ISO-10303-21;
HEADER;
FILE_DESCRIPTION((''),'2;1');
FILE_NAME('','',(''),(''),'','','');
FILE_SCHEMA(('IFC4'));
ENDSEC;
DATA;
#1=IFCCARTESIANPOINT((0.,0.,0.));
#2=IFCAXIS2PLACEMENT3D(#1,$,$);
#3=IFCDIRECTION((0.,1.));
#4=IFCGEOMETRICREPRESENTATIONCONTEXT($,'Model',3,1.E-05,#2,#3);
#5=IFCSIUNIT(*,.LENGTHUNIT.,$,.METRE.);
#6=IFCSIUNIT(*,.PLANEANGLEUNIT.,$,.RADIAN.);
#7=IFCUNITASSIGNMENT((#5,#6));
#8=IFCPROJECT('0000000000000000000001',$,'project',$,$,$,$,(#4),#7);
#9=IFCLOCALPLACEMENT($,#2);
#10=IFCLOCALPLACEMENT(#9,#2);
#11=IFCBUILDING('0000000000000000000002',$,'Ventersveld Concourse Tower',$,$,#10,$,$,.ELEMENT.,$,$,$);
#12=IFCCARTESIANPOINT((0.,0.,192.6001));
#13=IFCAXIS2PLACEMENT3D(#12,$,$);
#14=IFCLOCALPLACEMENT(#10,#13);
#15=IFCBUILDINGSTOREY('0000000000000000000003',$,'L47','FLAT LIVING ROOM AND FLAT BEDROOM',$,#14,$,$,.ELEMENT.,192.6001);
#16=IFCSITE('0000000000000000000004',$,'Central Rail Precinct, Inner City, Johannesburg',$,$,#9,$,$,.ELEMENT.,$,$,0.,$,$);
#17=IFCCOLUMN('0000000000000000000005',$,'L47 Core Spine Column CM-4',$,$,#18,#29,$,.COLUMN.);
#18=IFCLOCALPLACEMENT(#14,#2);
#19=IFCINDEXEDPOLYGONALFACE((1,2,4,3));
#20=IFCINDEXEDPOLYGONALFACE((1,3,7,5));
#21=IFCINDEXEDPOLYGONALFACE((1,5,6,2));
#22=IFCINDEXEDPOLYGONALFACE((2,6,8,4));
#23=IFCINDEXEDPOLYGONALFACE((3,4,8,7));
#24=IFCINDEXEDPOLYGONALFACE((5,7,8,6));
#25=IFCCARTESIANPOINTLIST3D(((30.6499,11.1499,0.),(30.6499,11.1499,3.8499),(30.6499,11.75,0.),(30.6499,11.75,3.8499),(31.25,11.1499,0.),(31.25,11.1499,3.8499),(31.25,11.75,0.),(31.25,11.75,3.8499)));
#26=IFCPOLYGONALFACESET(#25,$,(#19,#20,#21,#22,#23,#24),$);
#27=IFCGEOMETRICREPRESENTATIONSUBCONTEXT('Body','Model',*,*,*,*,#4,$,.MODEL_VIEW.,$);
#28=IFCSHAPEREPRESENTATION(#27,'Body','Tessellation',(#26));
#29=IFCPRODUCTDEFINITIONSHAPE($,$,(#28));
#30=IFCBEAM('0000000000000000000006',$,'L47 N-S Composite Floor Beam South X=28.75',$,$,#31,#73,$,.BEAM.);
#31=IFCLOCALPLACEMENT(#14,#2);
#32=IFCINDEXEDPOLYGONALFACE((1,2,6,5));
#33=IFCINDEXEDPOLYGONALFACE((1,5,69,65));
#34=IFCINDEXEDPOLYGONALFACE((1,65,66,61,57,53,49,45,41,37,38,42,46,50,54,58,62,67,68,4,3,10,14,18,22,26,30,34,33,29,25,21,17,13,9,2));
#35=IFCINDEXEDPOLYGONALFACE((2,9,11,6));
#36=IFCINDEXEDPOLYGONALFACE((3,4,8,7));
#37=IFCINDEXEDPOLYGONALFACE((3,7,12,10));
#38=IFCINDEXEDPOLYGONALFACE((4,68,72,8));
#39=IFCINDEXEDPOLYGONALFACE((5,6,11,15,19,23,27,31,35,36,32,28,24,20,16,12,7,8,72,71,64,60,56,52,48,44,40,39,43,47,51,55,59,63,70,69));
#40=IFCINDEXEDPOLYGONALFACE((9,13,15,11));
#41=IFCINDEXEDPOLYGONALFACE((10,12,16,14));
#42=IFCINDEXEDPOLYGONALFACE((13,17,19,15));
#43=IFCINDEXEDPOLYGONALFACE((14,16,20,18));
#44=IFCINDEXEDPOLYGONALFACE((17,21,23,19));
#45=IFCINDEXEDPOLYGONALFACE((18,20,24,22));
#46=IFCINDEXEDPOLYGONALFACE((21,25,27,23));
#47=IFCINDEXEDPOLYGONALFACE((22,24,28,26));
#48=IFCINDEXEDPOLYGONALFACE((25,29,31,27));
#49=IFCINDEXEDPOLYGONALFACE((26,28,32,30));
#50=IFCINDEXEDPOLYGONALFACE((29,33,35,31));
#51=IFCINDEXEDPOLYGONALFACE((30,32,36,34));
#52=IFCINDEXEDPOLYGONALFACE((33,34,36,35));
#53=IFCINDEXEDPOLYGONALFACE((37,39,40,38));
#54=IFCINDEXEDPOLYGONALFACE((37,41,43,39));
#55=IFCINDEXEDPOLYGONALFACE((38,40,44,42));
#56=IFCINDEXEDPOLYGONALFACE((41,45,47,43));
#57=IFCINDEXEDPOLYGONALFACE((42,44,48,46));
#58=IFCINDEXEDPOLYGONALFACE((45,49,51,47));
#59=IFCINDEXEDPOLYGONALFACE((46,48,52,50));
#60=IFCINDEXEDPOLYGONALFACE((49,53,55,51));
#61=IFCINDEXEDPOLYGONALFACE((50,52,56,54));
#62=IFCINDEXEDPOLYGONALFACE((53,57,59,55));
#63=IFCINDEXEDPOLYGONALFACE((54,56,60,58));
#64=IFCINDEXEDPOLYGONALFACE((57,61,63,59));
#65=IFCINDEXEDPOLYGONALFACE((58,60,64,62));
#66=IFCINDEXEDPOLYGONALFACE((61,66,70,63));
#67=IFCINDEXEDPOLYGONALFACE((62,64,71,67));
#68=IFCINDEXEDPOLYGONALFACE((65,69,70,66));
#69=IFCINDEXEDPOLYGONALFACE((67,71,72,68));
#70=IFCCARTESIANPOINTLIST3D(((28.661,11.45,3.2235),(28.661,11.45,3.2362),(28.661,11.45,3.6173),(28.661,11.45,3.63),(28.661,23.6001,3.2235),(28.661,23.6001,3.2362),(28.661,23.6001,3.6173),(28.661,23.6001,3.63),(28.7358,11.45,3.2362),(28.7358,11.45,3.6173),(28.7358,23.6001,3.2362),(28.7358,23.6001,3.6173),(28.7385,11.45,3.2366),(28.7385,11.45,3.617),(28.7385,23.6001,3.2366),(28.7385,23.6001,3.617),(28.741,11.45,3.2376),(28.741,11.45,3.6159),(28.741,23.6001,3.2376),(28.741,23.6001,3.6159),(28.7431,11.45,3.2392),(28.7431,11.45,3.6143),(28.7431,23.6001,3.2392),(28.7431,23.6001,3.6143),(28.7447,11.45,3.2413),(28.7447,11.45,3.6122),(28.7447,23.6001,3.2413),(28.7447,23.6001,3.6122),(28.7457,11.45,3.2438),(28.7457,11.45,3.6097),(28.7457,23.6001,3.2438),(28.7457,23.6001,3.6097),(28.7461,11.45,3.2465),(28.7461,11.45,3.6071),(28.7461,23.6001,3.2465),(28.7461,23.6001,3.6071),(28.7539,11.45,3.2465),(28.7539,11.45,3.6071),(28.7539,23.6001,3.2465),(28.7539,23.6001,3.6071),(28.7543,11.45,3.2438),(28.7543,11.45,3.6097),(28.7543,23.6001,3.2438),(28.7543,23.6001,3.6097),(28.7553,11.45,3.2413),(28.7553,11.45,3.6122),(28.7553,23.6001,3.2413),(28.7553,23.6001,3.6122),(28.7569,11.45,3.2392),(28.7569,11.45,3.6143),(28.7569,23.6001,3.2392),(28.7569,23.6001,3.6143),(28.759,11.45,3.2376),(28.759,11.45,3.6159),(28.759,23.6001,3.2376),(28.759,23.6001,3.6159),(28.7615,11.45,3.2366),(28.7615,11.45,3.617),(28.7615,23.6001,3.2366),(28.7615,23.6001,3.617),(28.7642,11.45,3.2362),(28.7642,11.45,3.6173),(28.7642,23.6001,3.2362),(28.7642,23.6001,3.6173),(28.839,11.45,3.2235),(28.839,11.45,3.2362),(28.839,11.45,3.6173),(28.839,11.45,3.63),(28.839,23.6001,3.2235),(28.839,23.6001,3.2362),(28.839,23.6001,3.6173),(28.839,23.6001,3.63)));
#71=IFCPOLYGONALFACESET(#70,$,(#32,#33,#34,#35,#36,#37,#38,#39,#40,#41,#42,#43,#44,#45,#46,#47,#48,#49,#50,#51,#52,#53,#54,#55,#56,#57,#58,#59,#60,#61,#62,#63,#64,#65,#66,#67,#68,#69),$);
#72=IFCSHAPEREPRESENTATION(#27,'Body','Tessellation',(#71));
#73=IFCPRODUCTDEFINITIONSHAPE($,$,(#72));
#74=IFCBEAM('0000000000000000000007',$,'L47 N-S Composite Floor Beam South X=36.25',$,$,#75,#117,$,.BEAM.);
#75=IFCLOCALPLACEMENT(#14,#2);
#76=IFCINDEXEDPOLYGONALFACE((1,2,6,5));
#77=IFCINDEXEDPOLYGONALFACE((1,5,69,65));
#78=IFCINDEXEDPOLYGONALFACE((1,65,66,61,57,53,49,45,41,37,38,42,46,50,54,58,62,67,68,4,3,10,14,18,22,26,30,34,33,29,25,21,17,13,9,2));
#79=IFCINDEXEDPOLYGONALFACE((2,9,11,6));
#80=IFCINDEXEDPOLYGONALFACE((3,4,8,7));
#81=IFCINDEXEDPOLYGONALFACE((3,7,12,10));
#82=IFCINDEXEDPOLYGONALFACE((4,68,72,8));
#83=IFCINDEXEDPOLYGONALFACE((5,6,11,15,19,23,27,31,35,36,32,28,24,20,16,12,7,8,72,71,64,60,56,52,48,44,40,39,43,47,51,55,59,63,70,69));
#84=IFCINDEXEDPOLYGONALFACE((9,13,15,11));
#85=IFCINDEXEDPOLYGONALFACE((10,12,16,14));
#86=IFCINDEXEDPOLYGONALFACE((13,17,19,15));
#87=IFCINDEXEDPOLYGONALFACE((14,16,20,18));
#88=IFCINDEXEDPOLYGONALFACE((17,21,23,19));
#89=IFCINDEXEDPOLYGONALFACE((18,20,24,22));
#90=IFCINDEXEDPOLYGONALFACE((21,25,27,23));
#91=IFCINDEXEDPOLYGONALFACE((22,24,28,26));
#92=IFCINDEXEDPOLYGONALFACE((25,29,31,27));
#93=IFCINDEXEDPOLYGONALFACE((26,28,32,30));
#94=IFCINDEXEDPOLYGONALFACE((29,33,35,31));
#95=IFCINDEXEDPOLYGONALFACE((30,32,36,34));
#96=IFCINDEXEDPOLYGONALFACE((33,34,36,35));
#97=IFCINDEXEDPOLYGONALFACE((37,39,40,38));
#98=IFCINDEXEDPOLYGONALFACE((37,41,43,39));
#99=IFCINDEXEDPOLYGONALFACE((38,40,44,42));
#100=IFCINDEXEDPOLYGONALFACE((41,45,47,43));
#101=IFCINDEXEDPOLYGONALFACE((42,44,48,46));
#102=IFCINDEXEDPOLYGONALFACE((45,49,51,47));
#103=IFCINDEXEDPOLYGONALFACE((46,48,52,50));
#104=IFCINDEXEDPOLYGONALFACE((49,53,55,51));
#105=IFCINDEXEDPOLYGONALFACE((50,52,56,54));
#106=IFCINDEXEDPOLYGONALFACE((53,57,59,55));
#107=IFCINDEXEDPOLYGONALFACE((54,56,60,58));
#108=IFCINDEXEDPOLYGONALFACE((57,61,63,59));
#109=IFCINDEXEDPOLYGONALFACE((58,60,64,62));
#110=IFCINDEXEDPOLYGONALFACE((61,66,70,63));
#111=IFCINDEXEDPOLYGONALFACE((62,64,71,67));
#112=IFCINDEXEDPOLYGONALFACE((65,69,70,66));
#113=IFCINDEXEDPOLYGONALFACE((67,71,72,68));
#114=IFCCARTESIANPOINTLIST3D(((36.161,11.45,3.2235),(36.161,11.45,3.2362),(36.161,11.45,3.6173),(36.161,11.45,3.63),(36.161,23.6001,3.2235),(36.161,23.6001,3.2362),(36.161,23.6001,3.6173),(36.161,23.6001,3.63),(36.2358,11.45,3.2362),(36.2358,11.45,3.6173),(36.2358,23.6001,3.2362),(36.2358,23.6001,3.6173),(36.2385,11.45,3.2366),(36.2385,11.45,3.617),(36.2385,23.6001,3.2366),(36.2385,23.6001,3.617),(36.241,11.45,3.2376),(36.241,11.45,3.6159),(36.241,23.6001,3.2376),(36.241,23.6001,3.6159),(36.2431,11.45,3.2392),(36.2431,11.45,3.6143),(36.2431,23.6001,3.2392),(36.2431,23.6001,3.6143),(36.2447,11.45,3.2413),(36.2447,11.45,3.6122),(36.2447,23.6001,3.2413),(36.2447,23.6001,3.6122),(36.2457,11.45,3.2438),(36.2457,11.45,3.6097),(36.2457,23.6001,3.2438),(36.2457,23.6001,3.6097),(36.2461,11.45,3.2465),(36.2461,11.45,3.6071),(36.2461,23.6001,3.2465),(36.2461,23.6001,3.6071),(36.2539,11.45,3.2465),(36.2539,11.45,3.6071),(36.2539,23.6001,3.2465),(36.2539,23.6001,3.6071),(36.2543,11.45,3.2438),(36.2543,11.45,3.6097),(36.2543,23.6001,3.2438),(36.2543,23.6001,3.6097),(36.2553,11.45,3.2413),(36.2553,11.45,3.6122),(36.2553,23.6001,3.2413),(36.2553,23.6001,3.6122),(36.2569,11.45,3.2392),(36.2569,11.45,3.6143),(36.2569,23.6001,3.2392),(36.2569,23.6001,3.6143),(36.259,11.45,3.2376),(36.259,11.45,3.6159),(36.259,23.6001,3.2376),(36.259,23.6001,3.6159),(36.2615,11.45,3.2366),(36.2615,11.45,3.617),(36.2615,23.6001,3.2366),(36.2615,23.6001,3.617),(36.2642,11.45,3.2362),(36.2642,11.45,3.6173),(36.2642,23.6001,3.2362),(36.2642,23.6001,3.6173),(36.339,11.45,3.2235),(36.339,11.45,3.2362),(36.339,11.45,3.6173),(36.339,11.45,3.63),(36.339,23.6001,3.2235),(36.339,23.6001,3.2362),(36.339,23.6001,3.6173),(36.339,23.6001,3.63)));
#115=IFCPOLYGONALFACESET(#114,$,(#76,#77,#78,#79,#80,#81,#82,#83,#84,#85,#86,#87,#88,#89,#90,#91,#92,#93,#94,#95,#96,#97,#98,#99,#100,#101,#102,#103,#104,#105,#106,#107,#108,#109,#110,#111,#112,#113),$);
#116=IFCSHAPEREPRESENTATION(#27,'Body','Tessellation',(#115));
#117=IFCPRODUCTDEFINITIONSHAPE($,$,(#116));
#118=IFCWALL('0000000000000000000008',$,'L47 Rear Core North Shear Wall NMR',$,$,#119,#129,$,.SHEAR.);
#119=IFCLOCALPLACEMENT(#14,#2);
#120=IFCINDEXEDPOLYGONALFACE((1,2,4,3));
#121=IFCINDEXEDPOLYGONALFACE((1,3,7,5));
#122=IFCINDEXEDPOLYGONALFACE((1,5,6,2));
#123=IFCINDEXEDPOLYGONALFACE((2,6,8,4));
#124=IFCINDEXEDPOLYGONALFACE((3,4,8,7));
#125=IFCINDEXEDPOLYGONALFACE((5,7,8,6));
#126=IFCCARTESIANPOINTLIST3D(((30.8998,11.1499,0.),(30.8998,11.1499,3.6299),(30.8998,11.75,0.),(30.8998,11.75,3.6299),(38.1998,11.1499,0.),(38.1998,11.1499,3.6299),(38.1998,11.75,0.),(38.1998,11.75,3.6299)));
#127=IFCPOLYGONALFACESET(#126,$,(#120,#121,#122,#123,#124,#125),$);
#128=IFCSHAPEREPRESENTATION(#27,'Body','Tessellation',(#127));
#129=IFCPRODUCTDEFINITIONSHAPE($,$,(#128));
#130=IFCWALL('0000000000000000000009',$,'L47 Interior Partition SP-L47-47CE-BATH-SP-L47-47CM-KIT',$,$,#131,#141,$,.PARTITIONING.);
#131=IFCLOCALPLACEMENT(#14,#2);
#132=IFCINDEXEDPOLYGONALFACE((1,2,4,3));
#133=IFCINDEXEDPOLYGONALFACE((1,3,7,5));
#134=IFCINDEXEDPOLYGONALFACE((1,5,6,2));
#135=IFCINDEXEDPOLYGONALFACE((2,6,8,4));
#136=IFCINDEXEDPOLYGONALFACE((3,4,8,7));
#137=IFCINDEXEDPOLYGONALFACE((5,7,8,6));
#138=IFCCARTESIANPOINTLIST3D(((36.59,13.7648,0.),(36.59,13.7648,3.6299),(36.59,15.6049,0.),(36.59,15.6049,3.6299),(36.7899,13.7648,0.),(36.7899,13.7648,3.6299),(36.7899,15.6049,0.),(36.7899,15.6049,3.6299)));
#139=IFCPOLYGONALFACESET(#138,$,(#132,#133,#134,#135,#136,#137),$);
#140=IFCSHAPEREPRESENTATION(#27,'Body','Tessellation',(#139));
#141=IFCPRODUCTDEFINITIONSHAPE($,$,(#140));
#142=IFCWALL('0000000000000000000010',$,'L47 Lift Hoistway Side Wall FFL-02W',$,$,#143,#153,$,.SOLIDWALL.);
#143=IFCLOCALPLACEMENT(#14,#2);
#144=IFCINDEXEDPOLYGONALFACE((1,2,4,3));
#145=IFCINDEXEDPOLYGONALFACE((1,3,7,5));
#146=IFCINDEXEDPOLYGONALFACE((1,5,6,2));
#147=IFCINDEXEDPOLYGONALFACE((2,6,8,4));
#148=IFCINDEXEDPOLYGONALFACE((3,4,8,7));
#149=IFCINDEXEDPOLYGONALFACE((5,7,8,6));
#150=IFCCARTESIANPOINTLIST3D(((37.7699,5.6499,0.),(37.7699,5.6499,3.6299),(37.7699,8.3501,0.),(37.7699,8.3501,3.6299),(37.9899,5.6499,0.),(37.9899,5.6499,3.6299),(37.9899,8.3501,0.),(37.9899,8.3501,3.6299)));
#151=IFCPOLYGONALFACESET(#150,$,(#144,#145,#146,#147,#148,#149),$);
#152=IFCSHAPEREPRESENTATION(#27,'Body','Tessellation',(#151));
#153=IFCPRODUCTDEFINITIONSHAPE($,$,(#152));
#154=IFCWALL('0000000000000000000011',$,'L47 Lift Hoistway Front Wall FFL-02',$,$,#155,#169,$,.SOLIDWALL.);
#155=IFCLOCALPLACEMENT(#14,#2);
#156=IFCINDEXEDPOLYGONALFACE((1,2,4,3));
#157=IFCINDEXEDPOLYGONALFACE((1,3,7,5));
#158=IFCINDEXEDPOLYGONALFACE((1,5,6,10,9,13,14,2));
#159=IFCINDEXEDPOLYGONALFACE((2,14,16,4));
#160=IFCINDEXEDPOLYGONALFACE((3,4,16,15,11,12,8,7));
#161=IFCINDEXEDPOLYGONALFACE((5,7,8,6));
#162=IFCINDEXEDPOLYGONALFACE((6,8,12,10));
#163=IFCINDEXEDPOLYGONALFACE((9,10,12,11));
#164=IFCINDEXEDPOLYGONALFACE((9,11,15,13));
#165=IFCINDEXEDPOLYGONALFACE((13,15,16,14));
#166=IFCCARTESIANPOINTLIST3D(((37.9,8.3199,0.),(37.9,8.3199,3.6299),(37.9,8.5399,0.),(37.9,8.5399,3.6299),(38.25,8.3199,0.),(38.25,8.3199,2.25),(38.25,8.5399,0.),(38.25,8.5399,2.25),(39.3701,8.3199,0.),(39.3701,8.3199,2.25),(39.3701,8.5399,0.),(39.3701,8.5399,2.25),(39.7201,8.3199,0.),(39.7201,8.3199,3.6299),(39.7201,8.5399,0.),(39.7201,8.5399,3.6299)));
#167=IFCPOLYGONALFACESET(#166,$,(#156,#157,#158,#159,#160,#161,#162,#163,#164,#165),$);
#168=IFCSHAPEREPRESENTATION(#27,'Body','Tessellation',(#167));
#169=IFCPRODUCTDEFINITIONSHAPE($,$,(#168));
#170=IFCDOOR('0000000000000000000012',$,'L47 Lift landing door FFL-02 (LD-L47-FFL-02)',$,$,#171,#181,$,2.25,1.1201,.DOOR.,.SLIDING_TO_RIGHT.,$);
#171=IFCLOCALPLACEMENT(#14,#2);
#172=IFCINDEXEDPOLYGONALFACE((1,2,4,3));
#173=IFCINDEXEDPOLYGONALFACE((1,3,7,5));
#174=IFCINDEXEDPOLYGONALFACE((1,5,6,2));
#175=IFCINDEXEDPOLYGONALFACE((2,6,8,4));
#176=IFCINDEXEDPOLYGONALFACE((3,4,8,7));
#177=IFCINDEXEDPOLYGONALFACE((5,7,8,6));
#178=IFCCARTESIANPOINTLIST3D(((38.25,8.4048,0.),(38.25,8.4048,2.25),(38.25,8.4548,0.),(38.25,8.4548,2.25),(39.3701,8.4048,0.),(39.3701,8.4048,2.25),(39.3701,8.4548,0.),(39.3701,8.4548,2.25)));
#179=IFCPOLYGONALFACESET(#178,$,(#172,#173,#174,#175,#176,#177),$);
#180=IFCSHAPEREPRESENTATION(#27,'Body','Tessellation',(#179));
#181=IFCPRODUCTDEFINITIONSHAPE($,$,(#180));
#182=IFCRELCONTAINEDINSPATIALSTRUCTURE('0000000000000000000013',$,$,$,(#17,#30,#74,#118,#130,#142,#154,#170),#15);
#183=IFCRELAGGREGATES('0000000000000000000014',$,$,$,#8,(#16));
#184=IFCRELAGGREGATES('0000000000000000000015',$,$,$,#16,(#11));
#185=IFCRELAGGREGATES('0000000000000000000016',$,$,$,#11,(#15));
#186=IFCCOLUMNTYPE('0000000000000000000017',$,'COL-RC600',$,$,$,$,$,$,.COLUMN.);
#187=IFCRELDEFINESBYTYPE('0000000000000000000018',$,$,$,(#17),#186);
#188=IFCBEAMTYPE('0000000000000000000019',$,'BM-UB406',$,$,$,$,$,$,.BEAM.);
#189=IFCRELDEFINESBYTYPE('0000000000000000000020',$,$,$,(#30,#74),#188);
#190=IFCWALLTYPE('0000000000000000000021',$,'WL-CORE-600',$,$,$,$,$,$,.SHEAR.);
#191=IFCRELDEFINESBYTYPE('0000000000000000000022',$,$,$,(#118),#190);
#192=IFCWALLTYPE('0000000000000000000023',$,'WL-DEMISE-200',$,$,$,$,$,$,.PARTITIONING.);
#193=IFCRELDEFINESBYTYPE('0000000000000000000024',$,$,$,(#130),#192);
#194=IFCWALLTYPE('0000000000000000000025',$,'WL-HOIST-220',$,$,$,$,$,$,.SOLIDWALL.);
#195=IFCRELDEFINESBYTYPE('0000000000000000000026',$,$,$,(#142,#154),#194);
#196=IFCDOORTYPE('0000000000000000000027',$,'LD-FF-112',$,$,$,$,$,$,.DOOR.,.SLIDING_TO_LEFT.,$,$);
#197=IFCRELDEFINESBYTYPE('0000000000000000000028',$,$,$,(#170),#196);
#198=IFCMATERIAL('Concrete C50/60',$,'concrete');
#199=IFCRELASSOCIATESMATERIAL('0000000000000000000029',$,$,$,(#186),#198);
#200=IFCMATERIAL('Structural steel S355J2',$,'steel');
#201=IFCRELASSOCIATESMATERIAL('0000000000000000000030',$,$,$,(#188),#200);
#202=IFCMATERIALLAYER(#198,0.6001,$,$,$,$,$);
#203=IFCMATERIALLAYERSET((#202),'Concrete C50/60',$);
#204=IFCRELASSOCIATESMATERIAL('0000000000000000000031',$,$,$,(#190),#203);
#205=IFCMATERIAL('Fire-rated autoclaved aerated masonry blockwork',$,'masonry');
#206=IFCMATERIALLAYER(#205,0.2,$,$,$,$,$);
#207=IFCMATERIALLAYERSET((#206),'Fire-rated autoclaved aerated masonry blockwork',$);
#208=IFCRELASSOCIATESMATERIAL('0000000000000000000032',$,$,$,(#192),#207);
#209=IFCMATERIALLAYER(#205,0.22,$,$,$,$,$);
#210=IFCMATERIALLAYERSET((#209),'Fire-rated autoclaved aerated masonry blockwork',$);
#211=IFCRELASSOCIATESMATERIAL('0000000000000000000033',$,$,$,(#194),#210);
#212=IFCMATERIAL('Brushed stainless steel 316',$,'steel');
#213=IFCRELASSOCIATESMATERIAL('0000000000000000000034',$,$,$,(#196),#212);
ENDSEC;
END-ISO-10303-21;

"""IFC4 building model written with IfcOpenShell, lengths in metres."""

from ifc_helpers import new_model, si_unit, direction, frame, frame_2d, origin, origin_2d, place, context, subcontext, project, spatial, rectangle, i_section, extrude, material, layer, layer_set, material_profile, profile_set, type_object, element, fill, save


model = new_model("IFC4")

# Units and contexts
model_context = context("Model", 3, precision=1e-05, world=origin(), true_north=direction((0.0, 1.0)))
body_context = subcontext(model_context, "Body", "Model", "MODEL_VIEW")
ifc_project = project(units=[si_unit("LENGTHUNIT", "METRE"), si_unit("PLANEANGLEUNIT", "RADIAN")], contexts=[model_context])

# Site, building, storey
site_placement = place(None, origin())
site = spatial("IfcSite", under=ifc_project, at=site_placement, Name="Central Rail Precinct, Inner City, Johannesburg", CompositionType="ELEMENT", RefElevation=0.0)
building_placement = place(site_placement, origin())
building = spatial("IfcBuilding", under=site, at=building_placement, Name="Ventersveld Concourse Tower", CompositionType="ELEMENT")
storey_placement = place(building_placement, frame((0.0, 0.0, 192.6001)))
storey = spatial("IfcBuildingStorey", under=building, at=storey_placement, Name="L47", Description="FLAT LIVING ROOM AND FLAT BEDROOM", CompositionType="ELEMENT", Elevation=192.6001)

# Column
ifc_material_1 = material(Name="Concrete C50/60", Category="concrete")
ifc_material_profile_1 = material_profile(ifc_material_1, rectangle(XDim=0.6001, YDim=0.6001, at=origin_2d()), Name="RC 600x600")
ifc_profile_set_1 = profile_set([ifc_material_profile_1], Name="Concrete C50/60")
column_type = type_object("IfcColumnType", Name="COL-RC600", PredefinedType="COLUMN", material=ifc_profile_set_1)
column_placement = place(storey_placement, frame((30.95, 11.45, 0.0), z_axis=(0.0, 0.0, 1.0), x_axis=(1.0, 0.0, 0.0)))
element("IfcColumn", 1, at=column_placement, inside=storey, type_object=column_type, Name="L47 Core Spine Column CM-4", PredefinedType="COLUMN", context=body_context, shape_type="SweptSolid", body=[
    extrude(rectangle(XDim=0.6001, YDim=0.6001, at=origin_2d()), origin(), (0.0, 0.0, 1.0), 3.8499),
])

# Beams
ifc_material_2 = material(Name="Structural steel S355J2", Category="steel")
ifc_material_profile_2 = material_profile(ifc_material_2, i_section(OverallWidth=0.178, OverallDepth=0.4065, WebThickness=0.0078, FlangeThickness=0.0127, FilletRadius=0.0103, at=origin_2d()), Name="UB 406x178x60")
ifc_profile_set_2 = profile_set([ifc_material_profile_2], Name="Structural steel S355J2")
beam_type = type_object("IfcBeamType", Name="BM-UB406", PredefinedType="BEAM", material=ifc_profile_set_2)
for number, where, z_axis, x_axis, name in (
    (2, (28.75, 11.45, 3.4268), (0.0, 1.0, 0.0), (-1.0, 0.0, 0.0), "L47 N-S Composite Floor Beam South X=28.75"),
    (3, (36.25, 11.45, 3.4268), (0.0, 1.0, 0.0), (-1.0, 0.0, 0.0), "L47 N-S Composite Floor Beam South X=36.25"),
):
    element("IfcBeam", number, at=place(storey_placement, frame(where, z_axis=z_axis, x_axis=x_axis)), inside=storey, type_object=beam_type, Name=name, PredefinedType="BEAM", context=body_context, shape_type="SweptSolid", body=[
        extrude(i_section(OverallWidth=0.178, OverallDepth=0.4065, WebThickness=0.0078, FlangeThickness=0.0127, FilletRadius=0.0103, at=origin_2d()), origin(), (0.0, 0.0, 1.0), 12.1501),
    ])

# Walls
ifc_layer_1 = layer(ifc_material_1, 0.6001)
ifc_layer_set_1 = layer_set([ifc_layer_1], Name="Concrete C50/60")
wall_type_1 = type_object("IfcWallType", Name="WL-CORE-600", PredefinedType="SHEAR", material=ifc_layer_set_1)
wall_1_placement = place(storey_placement, frame((30.8999, 11.45, 0.0), z_axis=(0.0, 0.0, 1.0), x_axis=(1.0, 0.0, 0.0)))
element("IfcWall", 4, at=wall_1_placement, inside=storey, type_object=wall_type_1, Name="L47 Rear Core North Shear Wall NMR", PredefinedType="SHEAR", context=body_context, shape_type="SweptSolid", body=[
    extrude(rectangle(XDim=7.3, YDim=0.6001, at=frame_2d((3.6499, 0.0))), origin(), (0.0, 0.0, 1.0), 3.6299),
])
ifc_material_3 = material(Name="Fire-rated autoclaved aerated masonry blockwork", Category="masonry")
ifc_layer_2 = layer(ifc_material_3, 0.2)
ifc_layer_set_2 = layer_set([ifc_layer_2], Name="Fire-rated autoclaved aerated masonry blockwork")
wall_type_2 = type_object("IfcWallType", Name="WL-DEMISE-200", PredefinedType="PARTITIONING", material=ifc_layer_set_2)
wall_2_placement = place(storey_placement, frame((36.6899, 13.7649, 0.0), z_axis=(0.0, 0.0, 1.0), x_axis=(0.0, 1.0, 0.0)))
element("IfcWall", 5, at=wall_2_placement, inside=storey, type_object=wall_type_2, Name="L47 Interior Partition SP-L47-47CE-BATH-SP-L47-47CM-KIT", PredefinedType="PARTITIONING", context=body_context, shape_type="SweptSolid", body=[
    extrude(rectangle(XDim=1.8401, YDim=0.2, at=frame_2d((0.9199, 0.0))), origin(), (0.0, 0.0, 1.0), 3.6299),
])
ifc_layer_3 = layer(ifc_material_3, 0.22)
ifc_layer_set_3 = layer_set([ifc_layer_3], Name="Fire-rated autoclaved aerated masonry blockwork")
wall_type_3 = type_object("IfcWallType", Name="WL-HOIST-220", PredefinedType="SOLIDWALL", material=ifc_layer_set_3)
wall_3_placement = place(storey_placement, frame((37.8799, 5.6499, 0.0), z_axis=(0.0, 0.0, 1.0), x_axis=(0.0, 1.0, 0.0)))
element("IfcWall", 6, at=wall_3_placement, inside=storey, type_object=wall_type_3, Name="L47 Lift Hoistway Side Wall FFL-02W", PredefinedType="SOLIDWALL", context=body_context, shape_type="SweptSolid", body=[
    extrude(rectangle(XDim=2.7002, YDim=0.22, at=frame_2d((1.3501, 0.0))), origin(), (0.0, 0.0, 1.0), 3.6299),
])

# Wall, opening, door
wall_4_placement = place(storey_placement, frame((37.8999, 8.4299, 0.0), z_axis=(0.0, 0.0, 1.0), x_axis=(1.0, 0.0, 0.0)))
wall_4 = element("IfcWall", 7, at=wall_4_placement, inside=storey, type_object=wall_type_3, Name="L47 Lift Hoistway Front Wall FFL-02", PredefinedType="SOLIDWALL", context=body_context, shape_type="SweptSolid", body=[
    extrude(rectangle(XDim=1.8201, YDim=0.22, at=frame_2d((0.9102, 0.0))), origin(), (0.0, 0.0, 1.0), 3.6299),
])
opening_1_placement = place(wall_4_placement, frame((0.3501, 0.0, 0.0)))
opening_1 = element("IfcOpeningElement", 8, at=opening_1_placement, cuts=wall_4, PredefinedType="OPENING", context=body_context, shape_type="SweptSolid", body=[
    extrude(rectangle(XDim=1.1201, YDim=2.25, at=frame_2d((0.5601, 1.125))), frame((0.0, 0.1201, 0.0), z_axis=(0.0, -1.0, 0.0), x_axis=(1.0, 0.0, 0.0)), (0.0, 0.0, 1.0), 0.24),
])
ifc_material_4 = material(Name="Brushed stainless steel 316", Category="steel")
door_type_1 = type_object("IfcDoorType", Name="LD-FF-112", OperationType="SLIDING_TO_LEFT", PredefinedType="DOOR", material=ifc_material_4)
door_1_placement = place(opening_1_placement, origin())
door_1 = element("IfcDoor", 9, at=door_1_placement, inside=storey, type_object=door_type_1, Name="L47 Lift landing door FFL-02 (LD-L47-FFL-02)", OperationType="SLIDING_TO_RIGHT", OverallHeight=2.25, OverallWidth=1.1201, PredefinedType="DOOR", context=body_context, shape_type="SweptSolid", body=[
    extrude(rectangle(XDim=1.1201, YDim=2.25, at=frame_2d((0.5601, 1.125))), frame((0.0, 0.0249, 0.0), z_axis=(0.0, -1.0, 0.0), x_axis=(1.0, 0.0, 0.0)), (0.0, 0.0, 1.0), 0.05),
])
fill(opening_1, door_1)

save(model, "model.ifc")
